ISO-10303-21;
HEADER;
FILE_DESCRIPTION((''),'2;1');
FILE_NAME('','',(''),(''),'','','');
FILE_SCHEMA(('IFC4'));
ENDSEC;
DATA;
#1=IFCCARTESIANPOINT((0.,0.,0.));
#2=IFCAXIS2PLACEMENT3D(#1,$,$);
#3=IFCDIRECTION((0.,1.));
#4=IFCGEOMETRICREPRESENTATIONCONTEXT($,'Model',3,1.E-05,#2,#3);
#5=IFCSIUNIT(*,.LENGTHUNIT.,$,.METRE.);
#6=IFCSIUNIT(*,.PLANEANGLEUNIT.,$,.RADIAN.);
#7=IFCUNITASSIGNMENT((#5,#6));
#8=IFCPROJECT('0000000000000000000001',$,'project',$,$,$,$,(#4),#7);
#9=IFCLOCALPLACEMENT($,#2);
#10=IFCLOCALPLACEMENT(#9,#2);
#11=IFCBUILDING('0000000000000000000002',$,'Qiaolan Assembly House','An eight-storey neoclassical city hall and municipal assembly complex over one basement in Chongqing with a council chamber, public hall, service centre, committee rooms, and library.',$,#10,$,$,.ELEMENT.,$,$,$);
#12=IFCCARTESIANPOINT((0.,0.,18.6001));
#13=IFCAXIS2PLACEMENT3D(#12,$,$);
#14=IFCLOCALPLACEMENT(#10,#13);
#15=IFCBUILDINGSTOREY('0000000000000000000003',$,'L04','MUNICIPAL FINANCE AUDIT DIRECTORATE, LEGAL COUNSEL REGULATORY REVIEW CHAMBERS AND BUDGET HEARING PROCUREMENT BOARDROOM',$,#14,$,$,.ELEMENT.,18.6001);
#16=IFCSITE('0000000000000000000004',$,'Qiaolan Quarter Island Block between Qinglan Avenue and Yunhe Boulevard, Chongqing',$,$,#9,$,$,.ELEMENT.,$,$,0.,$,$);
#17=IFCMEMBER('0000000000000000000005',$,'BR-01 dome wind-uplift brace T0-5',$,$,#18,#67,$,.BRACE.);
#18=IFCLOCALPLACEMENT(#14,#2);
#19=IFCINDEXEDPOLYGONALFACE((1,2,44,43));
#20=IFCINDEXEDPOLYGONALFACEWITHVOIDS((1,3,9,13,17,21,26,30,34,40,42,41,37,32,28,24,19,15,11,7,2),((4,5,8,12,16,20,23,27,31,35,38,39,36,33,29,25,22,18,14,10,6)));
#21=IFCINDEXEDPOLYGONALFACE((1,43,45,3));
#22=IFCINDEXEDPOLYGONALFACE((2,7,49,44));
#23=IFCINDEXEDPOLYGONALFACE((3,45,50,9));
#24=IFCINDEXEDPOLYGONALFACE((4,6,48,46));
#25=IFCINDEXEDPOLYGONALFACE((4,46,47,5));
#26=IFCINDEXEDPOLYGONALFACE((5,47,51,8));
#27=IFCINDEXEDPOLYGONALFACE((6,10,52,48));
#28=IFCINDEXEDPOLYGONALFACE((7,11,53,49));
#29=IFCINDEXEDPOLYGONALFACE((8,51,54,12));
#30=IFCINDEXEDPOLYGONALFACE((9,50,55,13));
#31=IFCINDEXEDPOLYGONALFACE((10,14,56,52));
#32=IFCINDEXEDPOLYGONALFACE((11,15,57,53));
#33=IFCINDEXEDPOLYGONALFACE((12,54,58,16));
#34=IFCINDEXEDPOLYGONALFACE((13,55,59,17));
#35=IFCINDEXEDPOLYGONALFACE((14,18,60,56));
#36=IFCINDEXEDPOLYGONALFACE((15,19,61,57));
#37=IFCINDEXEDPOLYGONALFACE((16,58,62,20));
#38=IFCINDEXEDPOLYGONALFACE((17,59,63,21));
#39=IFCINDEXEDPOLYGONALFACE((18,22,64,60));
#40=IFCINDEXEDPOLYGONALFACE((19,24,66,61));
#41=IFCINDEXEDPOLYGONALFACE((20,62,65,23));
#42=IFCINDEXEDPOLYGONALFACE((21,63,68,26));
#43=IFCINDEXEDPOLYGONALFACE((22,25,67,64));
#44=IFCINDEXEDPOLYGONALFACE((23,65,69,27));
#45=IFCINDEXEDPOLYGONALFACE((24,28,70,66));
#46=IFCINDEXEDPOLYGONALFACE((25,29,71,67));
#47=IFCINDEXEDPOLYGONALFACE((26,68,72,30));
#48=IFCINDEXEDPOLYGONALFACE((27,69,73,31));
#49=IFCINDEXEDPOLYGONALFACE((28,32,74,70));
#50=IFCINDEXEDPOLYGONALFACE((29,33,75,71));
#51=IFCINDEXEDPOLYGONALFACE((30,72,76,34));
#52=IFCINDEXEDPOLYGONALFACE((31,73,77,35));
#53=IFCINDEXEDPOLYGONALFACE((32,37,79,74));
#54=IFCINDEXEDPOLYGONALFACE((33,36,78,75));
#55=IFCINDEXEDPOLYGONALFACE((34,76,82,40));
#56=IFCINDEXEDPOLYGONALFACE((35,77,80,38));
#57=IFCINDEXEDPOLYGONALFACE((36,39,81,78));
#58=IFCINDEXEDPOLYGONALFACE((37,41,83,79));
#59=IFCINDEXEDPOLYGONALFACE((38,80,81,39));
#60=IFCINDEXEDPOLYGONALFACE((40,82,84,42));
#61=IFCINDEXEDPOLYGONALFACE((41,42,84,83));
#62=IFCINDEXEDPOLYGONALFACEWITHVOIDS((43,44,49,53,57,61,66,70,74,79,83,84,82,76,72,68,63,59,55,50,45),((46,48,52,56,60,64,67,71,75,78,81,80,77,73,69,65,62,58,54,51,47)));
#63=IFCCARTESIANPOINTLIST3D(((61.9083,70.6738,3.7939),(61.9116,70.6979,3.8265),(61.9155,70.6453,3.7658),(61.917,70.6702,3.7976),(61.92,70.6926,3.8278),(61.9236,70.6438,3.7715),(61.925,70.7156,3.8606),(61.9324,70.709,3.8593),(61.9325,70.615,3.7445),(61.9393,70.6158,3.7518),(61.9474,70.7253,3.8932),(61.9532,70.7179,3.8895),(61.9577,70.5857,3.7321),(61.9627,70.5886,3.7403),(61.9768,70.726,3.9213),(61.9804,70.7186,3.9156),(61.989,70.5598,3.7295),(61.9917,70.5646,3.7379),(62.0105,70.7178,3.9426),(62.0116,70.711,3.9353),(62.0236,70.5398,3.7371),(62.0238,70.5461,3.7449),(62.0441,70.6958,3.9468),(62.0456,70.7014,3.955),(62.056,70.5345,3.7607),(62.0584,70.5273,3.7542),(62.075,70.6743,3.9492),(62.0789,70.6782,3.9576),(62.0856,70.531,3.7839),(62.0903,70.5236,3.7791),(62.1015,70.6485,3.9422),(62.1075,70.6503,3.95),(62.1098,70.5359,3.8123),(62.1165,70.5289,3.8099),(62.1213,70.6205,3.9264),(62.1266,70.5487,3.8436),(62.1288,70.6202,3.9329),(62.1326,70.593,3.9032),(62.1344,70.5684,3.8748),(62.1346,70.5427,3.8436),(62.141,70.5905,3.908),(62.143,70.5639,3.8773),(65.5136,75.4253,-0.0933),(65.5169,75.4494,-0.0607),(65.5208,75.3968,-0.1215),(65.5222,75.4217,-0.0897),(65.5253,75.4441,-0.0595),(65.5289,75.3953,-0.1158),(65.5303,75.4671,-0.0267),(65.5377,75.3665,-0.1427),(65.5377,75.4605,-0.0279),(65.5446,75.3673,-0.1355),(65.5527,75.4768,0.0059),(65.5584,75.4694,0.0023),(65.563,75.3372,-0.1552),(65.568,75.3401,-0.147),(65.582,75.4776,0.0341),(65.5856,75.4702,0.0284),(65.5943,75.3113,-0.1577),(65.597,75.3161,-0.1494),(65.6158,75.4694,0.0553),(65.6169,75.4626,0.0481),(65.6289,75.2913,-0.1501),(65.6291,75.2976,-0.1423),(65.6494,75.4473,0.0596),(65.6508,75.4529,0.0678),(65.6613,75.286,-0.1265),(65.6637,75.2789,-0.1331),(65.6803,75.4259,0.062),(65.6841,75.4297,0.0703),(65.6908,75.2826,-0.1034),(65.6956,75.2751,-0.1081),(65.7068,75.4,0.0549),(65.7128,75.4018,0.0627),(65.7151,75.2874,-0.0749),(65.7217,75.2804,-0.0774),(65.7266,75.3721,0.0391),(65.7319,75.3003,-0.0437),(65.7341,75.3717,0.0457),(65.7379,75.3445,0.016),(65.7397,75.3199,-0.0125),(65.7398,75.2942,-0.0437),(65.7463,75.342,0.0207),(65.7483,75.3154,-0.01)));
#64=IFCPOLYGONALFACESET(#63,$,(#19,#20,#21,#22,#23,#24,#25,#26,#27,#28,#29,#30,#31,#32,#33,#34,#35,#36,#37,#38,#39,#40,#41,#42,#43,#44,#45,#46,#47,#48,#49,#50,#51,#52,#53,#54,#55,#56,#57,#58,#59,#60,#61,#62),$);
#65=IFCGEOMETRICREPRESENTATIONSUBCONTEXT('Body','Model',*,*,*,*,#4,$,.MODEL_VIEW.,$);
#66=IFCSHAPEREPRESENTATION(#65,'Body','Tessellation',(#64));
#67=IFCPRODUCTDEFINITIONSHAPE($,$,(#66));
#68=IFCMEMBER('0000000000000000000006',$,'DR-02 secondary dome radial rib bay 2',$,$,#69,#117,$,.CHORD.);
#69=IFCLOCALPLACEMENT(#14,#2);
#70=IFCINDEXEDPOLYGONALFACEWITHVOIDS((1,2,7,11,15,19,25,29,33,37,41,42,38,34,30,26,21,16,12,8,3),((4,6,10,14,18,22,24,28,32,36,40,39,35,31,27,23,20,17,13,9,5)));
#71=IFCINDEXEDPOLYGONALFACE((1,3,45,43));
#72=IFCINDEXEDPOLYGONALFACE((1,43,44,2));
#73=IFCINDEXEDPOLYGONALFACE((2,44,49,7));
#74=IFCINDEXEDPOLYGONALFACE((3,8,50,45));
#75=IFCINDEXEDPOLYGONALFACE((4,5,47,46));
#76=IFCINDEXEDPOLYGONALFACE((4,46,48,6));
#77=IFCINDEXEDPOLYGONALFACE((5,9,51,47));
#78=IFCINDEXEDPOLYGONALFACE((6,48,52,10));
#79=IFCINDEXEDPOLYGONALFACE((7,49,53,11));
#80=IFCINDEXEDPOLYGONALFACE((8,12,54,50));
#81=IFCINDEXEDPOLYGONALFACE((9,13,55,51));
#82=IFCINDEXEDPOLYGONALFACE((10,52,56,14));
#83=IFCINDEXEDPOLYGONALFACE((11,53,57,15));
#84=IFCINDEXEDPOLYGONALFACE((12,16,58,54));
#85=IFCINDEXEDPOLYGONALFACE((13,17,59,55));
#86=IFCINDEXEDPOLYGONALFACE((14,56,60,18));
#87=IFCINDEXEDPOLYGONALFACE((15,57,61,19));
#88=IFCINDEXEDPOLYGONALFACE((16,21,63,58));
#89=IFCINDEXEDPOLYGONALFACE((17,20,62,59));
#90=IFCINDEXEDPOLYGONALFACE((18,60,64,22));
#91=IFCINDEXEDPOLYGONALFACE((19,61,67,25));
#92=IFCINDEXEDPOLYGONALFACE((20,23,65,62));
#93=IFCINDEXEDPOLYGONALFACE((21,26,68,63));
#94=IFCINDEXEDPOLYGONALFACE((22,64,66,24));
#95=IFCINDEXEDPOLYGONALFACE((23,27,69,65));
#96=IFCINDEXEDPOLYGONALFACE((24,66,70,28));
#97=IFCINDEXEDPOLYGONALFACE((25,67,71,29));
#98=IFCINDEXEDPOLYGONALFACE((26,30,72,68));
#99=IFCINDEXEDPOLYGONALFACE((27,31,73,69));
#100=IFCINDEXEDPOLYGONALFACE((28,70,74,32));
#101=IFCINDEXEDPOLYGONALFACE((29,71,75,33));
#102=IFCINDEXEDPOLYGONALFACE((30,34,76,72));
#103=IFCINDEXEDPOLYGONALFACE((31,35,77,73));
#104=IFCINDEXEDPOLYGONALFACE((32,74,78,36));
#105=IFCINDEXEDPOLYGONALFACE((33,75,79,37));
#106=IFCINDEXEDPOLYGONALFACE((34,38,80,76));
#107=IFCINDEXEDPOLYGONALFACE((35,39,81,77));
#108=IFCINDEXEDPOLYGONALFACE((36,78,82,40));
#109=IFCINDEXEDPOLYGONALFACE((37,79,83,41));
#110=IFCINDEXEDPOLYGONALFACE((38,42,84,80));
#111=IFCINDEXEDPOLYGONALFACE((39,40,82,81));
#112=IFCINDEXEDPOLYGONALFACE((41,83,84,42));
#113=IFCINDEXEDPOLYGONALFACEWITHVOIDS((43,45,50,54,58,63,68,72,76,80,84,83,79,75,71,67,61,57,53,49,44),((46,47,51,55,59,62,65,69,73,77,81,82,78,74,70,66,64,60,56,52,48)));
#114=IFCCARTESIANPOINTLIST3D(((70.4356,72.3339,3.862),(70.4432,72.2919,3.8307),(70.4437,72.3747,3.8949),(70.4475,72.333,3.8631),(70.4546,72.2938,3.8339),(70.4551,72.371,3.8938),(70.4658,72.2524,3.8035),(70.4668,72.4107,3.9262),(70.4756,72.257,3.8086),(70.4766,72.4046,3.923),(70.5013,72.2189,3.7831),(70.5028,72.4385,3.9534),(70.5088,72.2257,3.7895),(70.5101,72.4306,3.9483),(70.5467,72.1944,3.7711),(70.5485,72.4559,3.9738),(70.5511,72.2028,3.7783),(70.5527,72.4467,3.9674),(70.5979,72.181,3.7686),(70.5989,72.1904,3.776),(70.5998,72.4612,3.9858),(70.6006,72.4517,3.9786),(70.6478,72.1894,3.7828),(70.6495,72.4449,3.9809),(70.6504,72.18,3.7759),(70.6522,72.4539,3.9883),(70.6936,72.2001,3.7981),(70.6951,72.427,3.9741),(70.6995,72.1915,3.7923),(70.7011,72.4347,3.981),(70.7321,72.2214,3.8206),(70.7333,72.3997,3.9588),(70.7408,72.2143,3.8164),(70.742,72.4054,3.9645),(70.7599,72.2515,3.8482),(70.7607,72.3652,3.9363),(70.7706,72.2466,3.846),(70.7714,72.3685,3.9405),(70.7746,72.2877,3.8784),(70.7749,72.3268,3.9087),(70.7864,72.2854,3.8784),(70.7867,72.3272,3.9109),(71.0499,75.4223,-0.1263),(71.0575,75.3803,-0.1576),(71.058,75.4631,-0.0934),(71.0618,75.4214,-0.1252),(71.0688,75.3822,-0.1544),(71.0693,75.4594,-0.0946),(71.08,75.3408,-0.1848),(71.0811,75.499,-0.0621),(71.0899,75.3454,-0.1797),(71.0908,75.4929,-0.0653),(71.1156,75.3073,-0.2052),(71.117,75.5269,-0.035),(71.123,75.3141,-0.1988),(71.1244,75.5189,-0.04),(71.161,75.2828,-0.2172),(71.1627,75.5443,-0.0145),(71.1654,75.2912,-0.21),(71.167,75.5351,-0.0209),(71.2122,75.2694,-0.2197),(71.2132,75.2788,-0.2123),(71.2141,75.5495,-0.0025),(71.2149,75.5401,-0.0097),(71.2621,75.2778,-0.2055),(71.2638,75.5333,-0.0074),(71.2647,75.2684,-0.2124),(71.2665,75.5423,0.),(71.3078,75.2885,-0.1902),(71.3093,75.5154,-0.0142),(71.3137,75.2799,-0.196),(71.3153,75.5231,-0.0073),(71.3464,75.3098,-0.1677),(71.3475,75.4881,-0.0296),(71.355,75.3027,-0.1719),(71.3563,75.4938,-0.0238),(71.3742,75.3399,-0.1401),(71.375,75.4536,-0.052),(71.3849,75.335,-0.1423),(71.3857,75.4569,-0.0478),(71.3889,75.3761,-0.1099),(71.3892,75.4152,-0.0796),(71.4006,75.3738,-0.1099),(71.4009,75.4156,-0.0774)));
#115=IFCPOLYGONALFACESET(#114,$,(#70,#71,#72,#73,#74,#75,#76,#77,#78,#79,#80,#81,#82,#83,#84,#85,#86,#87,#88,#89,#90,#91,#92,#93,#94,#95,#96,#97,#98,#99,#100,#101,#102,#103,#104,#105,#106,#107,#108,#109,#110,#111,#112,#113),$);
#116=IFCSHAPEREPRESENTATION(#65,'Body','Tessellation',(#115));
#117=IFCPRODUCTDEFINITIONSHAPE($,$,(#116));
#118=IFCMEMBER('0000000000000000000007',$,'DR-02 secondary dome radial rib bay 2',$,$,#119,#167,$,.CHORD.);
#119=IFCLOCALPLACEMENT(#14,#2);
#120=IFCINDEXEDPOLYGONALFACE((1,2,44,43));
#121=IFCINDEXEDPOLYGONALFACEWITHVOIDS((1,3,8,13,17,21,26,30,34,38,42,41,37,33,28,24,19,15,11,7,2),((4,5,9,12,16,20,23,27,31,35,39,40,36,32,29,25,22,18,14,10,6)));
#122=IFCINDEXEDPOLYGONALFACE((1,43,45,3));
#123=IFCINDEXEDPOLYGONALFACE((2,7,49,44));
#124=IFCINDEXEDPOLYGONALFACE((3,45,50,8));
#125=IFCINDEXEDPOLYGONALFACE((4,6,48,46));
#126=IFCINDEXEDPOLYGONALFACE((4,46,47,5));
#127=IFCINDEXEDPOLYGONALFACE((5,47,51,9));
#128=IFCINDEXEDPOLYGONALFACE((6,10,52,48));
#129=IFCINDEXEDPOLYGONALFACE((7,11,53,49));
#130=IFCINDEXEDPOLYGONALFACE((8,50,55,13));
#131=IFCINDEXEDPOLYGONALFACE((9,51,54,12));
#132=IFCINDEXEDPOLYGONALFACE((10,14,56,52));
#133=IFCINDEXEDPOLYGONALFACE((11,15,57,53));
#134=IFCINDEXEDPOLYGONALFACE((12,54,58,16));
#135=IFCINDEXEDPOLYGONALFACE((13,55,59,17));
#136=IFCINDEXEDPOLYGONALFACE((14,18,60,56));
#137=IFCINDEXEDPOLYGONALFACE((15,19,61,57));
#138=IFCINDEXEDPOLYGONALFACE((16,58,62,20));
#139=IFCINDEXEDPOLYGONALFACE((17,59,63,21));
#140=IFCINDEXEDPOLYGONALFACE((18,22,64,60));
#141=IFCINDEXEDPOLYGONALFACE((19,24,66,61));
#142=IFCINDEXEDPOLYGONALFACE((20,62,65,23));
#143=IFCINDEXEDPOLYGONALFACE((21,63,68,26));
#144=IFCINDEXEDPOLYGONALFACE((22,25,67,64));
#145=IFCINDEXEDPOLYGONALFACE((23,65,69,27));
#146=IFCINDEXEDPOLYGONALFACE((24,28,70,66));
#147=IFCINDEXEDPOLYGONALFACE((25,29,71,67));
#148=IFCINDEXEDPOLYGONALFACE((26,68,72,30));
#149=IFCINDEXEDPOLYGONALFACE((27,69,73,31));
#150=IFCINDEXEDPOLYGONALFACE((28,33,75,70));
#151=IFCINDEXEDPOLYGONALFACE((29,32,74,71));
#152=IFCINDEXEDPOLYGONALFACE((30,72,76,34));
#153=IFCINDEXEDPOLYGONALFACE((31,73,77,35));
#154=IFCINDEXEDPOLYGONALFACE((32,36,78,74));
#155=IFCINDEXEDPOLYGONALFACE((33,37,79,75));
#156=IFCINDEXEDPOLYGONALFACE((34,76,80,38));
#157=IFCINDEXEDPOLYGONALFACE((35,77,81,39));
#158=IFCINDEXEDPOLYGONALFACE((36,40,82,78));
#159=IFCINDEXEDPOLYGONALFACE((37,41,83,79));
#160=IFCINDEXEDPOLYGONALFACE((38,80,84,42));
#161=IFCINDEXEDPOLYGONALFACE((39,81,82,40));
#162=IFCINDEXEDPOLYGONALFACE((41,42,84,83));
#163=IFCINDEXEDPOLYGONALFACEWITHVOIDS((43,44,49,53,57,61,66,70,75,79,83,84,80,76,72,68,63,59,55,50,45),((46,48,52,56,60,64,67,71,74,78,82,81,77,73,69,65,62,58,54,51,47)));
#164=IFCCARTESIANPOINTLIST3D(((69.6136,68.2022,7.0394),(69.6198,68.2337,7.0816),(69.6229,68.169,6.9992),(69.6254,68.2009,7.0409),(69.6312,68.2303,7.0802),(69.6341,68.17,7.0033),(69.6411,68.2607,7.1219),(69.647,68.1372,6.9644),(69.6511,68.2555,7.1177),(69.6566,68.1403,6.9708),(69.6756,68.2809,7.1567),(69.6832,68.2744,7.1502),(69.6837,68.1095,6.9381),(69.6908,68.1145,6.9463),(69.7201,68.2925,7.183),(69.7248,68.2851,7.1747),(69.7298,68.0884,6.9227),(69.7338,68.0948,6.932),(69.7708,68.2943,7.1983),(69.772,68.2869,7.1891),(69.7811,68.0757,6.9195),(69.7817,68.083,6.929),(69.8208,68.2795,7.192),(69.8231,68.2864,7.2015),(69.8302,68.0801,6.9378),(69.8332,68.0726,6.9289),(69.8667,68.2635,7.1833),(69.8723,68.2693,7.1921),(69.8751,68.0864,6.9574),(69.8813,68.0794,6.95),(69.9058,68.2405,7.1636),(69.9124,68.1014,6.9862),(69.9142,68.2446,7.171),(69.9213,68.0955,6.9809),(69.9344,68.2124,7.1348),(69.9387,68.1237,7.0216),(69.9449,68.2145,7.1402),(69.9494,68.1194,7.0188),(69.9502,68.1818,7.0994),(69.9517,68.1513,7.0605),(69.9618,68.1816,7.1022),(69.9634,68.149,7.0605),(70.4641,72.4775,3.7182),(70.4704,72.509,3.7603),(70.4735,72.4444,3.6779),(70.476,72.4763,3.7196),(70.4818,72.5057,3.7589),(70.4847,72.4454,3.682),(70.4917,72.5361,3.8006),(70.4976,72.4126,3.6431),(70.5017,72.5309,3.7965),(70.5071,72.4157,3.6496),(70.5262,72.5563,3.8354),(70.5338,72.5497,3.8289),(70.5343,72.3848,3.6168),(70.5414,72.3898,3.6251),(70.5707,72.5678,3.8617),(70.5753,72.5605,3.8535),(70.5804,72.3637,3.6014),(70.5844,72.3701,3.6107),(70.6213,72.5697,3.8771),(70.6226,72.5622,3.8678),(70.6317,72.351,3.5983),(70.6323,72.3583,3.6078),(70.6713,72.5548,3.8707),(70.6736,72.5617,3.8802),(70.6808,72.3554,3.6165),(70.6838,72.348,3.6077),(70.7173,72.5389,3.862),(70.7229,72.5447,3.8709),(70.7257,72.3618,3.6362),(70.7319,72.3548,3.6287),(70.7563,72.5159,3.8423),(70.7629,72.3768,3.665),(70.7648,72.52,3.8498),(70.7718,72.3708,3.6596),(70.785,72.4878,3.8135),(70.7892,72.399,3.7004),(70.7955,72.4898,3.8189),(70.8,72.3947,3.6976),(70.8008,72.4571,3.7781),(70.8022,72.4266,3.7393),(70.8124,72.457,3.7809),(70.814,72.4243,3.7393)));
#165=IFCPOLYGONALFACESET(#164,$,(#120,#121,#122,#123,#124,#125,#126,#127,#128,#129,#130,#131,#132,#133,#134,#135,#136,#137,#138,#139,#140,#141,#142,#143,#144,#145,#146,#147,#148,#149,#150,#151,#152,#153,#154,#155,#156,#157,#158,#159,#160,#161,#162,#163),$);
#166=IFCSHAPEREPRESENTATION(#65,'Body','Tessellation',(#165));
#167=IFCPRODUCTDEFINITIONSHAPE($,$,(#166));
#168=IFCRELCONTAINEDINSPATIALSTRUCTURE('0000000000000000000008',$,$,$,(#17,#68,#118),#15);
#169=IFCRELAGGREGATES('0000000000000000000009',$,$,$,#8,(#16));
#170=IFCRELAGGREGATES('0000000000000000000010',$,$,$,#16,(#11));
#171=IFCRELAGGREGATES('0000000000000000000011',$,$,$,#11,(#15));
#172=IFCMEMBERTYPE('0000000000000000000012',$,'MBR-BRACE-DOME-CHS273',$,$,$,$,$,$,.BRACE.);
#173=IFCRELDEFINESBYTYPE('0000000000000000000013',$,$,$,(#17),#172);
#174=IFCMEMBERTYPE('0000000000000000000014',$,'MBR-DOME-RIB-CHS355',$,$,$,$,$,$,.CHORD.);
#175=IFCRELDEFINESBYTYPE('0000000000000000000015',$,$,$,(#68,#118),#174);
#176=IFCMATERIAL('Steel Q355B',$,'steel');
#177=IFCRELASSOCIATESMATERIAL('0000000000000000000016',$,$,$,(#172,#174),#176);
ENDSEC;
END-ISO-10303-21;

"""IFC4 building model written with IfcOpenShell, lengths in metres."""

from ifc_helpers import new_model, si_unit, direction, frame, origin, origin_2d, place, context, subcontext, project, spatial, hollow_circle, extrude, material, material_profile, profile_set, type_object, element, save


model = new_model("IFC4")

# Units and contexts
model_context = context("Model", 3, precision=1e-05, world=origin(), true_north=direction((0.0, 1.0)))
body_context = subcontext(model_context, "Body", "Model", "MODEL_VIEW")
ifc_project = project(units=[si_unit("LENGTHUNIT", "METRE"), si_unit("PLANEANGLEUNIT", "RADIAN")], contexts=[model_context])

# Site, building, storey
site_placement = place(None, origin())
site = spatial("IfcSite", under=ifc_project, at=site_placement, Name="Qiaolan Quarter Island Block between Qinglan Avenue and Yunhe Boulevard, Chongqing", CompositionType="ELEMENT", RefElevation=0.0)
building_placement = place(site_placement, origin())
building = spatial("IfcBuilding", under=site, at=building_placement, Name="Qiaolan Assembly House", Description="An eight-storey neoclassical city hall and municipal assembly complex over one basement in Chongqing with a council chamber, public hall, service centre, committee rooms, and library.", CompositionType="ELEMENT")
storey_placement = place(building_placement, frame((0.0, 0.0, 18.6001)))
storey = spatial("IfcBuildingStorey", under=building, at=storey_placement, Name="L04", Description="MUNICIPAL FINANCE AUDIT DIRECTORATE, LEGAL COUNSEL REGULATORY REVIEW CHAMBERS AND BUDGET HEARING PROCUREMENT BOARDROOM", CompositionType="ELEMENT", Elevation=18.6001)

# Shared definitions
ifc_material_1 = material(Name="Steel Q355B", Category="steel")

# Members
ifc_material_profile_1 = material_profile(ifc_material_1, hollow_circle(Radius=0.1365, WallThickness=0.01, at=origin_2d()), Name="CHS 273x10")
ifc_profile_set_1 = profile_set([ifc_material_profile_1], Name="Steel Q355B")
member_type_1 = type_object("IfcMemberType", Name="MBR-BRACE-DOME-CHS273", PredefinedType="BRACE", material=ifc_profile_set_1)
member_1_placement = place(storey_placement, frame((65.6311, 75.3767, -0.0437), z_axis=(-0.506402, -0.667406, 0.54601), x_axis=(0.796638, -0.604457, 0.0)))
element("IfcMember", 1, at=member_1_placement, inside=storey, type_object=member_type_1, Name="BR-01 dome wind-uplift brace T0-5", PredefinedType="BRACE", context=body_context, shape_type="SweptSolid", body=[
    extrude(hollow_circle(Radius=0.1365, WallThickness=0.01, at=origin_2d()), origin(), (0.0, 0.0, 1.0), 7.1194),
])
ifc_material_profile_2 = material_profile(ifc_material_1, hollow_circle(Radius=0.1777, WallThickness=0.012, at=origin_2d()), Name="CHS 355.6x12")
ifc_profile_set_2 = profile_set([ifc_material_profile_2], Name="Steel Q355B")
member_type_2 = type_object("IfcMemberType", Name="MBR-DOME-RIB-CHS355", PredefinedType="CHORD", material=ifc_profile_set_2)
member_2_placement = place(storey_placement, frame((71.2263, 75.4084, -0.1099), z_axis=(-0.120881, -0.607767, 0.784861), x_axis=(0.980789, -0.195072, 0.0)))
element("IfcMember", 2, at=member_2_placement, inside=storey, type_object=member_type_2, Name="DR-02 secondary dome radial rib bay 2", PredefinedType="CHORD", context=body_context, shape_type="SweptSolid", body=[
    extrude(hollow_circle(Radius=0.1777, WallThickness=0.012, at=origin_2d()), origin(), (0.0, 0.0, 1.0), 5.0815),
])
member_3_placement = place(storey_placement, frame((70.6396, 72.459, 3.7393), z_axis=(-0.155209, -0.780142, 0.606044), x_axis=(0.980778, -0.195125, 0.0)))
element("IfcMember", 3, at=member_3_placement, inside=storey, type_object=member_type_2, Name="DR-02 secondary dome radial rib bay 2", PredefinedType="CHORD", context=body_context, shape_type="SweptSolid", body=[
    extrude(hollow_circle(Radius=0.1777, WallThickness=0.012, at=origin_2d()), origin(), (0.0, 0.0, 1.0), 5.4802),
])

save(model, "model.ifc")
